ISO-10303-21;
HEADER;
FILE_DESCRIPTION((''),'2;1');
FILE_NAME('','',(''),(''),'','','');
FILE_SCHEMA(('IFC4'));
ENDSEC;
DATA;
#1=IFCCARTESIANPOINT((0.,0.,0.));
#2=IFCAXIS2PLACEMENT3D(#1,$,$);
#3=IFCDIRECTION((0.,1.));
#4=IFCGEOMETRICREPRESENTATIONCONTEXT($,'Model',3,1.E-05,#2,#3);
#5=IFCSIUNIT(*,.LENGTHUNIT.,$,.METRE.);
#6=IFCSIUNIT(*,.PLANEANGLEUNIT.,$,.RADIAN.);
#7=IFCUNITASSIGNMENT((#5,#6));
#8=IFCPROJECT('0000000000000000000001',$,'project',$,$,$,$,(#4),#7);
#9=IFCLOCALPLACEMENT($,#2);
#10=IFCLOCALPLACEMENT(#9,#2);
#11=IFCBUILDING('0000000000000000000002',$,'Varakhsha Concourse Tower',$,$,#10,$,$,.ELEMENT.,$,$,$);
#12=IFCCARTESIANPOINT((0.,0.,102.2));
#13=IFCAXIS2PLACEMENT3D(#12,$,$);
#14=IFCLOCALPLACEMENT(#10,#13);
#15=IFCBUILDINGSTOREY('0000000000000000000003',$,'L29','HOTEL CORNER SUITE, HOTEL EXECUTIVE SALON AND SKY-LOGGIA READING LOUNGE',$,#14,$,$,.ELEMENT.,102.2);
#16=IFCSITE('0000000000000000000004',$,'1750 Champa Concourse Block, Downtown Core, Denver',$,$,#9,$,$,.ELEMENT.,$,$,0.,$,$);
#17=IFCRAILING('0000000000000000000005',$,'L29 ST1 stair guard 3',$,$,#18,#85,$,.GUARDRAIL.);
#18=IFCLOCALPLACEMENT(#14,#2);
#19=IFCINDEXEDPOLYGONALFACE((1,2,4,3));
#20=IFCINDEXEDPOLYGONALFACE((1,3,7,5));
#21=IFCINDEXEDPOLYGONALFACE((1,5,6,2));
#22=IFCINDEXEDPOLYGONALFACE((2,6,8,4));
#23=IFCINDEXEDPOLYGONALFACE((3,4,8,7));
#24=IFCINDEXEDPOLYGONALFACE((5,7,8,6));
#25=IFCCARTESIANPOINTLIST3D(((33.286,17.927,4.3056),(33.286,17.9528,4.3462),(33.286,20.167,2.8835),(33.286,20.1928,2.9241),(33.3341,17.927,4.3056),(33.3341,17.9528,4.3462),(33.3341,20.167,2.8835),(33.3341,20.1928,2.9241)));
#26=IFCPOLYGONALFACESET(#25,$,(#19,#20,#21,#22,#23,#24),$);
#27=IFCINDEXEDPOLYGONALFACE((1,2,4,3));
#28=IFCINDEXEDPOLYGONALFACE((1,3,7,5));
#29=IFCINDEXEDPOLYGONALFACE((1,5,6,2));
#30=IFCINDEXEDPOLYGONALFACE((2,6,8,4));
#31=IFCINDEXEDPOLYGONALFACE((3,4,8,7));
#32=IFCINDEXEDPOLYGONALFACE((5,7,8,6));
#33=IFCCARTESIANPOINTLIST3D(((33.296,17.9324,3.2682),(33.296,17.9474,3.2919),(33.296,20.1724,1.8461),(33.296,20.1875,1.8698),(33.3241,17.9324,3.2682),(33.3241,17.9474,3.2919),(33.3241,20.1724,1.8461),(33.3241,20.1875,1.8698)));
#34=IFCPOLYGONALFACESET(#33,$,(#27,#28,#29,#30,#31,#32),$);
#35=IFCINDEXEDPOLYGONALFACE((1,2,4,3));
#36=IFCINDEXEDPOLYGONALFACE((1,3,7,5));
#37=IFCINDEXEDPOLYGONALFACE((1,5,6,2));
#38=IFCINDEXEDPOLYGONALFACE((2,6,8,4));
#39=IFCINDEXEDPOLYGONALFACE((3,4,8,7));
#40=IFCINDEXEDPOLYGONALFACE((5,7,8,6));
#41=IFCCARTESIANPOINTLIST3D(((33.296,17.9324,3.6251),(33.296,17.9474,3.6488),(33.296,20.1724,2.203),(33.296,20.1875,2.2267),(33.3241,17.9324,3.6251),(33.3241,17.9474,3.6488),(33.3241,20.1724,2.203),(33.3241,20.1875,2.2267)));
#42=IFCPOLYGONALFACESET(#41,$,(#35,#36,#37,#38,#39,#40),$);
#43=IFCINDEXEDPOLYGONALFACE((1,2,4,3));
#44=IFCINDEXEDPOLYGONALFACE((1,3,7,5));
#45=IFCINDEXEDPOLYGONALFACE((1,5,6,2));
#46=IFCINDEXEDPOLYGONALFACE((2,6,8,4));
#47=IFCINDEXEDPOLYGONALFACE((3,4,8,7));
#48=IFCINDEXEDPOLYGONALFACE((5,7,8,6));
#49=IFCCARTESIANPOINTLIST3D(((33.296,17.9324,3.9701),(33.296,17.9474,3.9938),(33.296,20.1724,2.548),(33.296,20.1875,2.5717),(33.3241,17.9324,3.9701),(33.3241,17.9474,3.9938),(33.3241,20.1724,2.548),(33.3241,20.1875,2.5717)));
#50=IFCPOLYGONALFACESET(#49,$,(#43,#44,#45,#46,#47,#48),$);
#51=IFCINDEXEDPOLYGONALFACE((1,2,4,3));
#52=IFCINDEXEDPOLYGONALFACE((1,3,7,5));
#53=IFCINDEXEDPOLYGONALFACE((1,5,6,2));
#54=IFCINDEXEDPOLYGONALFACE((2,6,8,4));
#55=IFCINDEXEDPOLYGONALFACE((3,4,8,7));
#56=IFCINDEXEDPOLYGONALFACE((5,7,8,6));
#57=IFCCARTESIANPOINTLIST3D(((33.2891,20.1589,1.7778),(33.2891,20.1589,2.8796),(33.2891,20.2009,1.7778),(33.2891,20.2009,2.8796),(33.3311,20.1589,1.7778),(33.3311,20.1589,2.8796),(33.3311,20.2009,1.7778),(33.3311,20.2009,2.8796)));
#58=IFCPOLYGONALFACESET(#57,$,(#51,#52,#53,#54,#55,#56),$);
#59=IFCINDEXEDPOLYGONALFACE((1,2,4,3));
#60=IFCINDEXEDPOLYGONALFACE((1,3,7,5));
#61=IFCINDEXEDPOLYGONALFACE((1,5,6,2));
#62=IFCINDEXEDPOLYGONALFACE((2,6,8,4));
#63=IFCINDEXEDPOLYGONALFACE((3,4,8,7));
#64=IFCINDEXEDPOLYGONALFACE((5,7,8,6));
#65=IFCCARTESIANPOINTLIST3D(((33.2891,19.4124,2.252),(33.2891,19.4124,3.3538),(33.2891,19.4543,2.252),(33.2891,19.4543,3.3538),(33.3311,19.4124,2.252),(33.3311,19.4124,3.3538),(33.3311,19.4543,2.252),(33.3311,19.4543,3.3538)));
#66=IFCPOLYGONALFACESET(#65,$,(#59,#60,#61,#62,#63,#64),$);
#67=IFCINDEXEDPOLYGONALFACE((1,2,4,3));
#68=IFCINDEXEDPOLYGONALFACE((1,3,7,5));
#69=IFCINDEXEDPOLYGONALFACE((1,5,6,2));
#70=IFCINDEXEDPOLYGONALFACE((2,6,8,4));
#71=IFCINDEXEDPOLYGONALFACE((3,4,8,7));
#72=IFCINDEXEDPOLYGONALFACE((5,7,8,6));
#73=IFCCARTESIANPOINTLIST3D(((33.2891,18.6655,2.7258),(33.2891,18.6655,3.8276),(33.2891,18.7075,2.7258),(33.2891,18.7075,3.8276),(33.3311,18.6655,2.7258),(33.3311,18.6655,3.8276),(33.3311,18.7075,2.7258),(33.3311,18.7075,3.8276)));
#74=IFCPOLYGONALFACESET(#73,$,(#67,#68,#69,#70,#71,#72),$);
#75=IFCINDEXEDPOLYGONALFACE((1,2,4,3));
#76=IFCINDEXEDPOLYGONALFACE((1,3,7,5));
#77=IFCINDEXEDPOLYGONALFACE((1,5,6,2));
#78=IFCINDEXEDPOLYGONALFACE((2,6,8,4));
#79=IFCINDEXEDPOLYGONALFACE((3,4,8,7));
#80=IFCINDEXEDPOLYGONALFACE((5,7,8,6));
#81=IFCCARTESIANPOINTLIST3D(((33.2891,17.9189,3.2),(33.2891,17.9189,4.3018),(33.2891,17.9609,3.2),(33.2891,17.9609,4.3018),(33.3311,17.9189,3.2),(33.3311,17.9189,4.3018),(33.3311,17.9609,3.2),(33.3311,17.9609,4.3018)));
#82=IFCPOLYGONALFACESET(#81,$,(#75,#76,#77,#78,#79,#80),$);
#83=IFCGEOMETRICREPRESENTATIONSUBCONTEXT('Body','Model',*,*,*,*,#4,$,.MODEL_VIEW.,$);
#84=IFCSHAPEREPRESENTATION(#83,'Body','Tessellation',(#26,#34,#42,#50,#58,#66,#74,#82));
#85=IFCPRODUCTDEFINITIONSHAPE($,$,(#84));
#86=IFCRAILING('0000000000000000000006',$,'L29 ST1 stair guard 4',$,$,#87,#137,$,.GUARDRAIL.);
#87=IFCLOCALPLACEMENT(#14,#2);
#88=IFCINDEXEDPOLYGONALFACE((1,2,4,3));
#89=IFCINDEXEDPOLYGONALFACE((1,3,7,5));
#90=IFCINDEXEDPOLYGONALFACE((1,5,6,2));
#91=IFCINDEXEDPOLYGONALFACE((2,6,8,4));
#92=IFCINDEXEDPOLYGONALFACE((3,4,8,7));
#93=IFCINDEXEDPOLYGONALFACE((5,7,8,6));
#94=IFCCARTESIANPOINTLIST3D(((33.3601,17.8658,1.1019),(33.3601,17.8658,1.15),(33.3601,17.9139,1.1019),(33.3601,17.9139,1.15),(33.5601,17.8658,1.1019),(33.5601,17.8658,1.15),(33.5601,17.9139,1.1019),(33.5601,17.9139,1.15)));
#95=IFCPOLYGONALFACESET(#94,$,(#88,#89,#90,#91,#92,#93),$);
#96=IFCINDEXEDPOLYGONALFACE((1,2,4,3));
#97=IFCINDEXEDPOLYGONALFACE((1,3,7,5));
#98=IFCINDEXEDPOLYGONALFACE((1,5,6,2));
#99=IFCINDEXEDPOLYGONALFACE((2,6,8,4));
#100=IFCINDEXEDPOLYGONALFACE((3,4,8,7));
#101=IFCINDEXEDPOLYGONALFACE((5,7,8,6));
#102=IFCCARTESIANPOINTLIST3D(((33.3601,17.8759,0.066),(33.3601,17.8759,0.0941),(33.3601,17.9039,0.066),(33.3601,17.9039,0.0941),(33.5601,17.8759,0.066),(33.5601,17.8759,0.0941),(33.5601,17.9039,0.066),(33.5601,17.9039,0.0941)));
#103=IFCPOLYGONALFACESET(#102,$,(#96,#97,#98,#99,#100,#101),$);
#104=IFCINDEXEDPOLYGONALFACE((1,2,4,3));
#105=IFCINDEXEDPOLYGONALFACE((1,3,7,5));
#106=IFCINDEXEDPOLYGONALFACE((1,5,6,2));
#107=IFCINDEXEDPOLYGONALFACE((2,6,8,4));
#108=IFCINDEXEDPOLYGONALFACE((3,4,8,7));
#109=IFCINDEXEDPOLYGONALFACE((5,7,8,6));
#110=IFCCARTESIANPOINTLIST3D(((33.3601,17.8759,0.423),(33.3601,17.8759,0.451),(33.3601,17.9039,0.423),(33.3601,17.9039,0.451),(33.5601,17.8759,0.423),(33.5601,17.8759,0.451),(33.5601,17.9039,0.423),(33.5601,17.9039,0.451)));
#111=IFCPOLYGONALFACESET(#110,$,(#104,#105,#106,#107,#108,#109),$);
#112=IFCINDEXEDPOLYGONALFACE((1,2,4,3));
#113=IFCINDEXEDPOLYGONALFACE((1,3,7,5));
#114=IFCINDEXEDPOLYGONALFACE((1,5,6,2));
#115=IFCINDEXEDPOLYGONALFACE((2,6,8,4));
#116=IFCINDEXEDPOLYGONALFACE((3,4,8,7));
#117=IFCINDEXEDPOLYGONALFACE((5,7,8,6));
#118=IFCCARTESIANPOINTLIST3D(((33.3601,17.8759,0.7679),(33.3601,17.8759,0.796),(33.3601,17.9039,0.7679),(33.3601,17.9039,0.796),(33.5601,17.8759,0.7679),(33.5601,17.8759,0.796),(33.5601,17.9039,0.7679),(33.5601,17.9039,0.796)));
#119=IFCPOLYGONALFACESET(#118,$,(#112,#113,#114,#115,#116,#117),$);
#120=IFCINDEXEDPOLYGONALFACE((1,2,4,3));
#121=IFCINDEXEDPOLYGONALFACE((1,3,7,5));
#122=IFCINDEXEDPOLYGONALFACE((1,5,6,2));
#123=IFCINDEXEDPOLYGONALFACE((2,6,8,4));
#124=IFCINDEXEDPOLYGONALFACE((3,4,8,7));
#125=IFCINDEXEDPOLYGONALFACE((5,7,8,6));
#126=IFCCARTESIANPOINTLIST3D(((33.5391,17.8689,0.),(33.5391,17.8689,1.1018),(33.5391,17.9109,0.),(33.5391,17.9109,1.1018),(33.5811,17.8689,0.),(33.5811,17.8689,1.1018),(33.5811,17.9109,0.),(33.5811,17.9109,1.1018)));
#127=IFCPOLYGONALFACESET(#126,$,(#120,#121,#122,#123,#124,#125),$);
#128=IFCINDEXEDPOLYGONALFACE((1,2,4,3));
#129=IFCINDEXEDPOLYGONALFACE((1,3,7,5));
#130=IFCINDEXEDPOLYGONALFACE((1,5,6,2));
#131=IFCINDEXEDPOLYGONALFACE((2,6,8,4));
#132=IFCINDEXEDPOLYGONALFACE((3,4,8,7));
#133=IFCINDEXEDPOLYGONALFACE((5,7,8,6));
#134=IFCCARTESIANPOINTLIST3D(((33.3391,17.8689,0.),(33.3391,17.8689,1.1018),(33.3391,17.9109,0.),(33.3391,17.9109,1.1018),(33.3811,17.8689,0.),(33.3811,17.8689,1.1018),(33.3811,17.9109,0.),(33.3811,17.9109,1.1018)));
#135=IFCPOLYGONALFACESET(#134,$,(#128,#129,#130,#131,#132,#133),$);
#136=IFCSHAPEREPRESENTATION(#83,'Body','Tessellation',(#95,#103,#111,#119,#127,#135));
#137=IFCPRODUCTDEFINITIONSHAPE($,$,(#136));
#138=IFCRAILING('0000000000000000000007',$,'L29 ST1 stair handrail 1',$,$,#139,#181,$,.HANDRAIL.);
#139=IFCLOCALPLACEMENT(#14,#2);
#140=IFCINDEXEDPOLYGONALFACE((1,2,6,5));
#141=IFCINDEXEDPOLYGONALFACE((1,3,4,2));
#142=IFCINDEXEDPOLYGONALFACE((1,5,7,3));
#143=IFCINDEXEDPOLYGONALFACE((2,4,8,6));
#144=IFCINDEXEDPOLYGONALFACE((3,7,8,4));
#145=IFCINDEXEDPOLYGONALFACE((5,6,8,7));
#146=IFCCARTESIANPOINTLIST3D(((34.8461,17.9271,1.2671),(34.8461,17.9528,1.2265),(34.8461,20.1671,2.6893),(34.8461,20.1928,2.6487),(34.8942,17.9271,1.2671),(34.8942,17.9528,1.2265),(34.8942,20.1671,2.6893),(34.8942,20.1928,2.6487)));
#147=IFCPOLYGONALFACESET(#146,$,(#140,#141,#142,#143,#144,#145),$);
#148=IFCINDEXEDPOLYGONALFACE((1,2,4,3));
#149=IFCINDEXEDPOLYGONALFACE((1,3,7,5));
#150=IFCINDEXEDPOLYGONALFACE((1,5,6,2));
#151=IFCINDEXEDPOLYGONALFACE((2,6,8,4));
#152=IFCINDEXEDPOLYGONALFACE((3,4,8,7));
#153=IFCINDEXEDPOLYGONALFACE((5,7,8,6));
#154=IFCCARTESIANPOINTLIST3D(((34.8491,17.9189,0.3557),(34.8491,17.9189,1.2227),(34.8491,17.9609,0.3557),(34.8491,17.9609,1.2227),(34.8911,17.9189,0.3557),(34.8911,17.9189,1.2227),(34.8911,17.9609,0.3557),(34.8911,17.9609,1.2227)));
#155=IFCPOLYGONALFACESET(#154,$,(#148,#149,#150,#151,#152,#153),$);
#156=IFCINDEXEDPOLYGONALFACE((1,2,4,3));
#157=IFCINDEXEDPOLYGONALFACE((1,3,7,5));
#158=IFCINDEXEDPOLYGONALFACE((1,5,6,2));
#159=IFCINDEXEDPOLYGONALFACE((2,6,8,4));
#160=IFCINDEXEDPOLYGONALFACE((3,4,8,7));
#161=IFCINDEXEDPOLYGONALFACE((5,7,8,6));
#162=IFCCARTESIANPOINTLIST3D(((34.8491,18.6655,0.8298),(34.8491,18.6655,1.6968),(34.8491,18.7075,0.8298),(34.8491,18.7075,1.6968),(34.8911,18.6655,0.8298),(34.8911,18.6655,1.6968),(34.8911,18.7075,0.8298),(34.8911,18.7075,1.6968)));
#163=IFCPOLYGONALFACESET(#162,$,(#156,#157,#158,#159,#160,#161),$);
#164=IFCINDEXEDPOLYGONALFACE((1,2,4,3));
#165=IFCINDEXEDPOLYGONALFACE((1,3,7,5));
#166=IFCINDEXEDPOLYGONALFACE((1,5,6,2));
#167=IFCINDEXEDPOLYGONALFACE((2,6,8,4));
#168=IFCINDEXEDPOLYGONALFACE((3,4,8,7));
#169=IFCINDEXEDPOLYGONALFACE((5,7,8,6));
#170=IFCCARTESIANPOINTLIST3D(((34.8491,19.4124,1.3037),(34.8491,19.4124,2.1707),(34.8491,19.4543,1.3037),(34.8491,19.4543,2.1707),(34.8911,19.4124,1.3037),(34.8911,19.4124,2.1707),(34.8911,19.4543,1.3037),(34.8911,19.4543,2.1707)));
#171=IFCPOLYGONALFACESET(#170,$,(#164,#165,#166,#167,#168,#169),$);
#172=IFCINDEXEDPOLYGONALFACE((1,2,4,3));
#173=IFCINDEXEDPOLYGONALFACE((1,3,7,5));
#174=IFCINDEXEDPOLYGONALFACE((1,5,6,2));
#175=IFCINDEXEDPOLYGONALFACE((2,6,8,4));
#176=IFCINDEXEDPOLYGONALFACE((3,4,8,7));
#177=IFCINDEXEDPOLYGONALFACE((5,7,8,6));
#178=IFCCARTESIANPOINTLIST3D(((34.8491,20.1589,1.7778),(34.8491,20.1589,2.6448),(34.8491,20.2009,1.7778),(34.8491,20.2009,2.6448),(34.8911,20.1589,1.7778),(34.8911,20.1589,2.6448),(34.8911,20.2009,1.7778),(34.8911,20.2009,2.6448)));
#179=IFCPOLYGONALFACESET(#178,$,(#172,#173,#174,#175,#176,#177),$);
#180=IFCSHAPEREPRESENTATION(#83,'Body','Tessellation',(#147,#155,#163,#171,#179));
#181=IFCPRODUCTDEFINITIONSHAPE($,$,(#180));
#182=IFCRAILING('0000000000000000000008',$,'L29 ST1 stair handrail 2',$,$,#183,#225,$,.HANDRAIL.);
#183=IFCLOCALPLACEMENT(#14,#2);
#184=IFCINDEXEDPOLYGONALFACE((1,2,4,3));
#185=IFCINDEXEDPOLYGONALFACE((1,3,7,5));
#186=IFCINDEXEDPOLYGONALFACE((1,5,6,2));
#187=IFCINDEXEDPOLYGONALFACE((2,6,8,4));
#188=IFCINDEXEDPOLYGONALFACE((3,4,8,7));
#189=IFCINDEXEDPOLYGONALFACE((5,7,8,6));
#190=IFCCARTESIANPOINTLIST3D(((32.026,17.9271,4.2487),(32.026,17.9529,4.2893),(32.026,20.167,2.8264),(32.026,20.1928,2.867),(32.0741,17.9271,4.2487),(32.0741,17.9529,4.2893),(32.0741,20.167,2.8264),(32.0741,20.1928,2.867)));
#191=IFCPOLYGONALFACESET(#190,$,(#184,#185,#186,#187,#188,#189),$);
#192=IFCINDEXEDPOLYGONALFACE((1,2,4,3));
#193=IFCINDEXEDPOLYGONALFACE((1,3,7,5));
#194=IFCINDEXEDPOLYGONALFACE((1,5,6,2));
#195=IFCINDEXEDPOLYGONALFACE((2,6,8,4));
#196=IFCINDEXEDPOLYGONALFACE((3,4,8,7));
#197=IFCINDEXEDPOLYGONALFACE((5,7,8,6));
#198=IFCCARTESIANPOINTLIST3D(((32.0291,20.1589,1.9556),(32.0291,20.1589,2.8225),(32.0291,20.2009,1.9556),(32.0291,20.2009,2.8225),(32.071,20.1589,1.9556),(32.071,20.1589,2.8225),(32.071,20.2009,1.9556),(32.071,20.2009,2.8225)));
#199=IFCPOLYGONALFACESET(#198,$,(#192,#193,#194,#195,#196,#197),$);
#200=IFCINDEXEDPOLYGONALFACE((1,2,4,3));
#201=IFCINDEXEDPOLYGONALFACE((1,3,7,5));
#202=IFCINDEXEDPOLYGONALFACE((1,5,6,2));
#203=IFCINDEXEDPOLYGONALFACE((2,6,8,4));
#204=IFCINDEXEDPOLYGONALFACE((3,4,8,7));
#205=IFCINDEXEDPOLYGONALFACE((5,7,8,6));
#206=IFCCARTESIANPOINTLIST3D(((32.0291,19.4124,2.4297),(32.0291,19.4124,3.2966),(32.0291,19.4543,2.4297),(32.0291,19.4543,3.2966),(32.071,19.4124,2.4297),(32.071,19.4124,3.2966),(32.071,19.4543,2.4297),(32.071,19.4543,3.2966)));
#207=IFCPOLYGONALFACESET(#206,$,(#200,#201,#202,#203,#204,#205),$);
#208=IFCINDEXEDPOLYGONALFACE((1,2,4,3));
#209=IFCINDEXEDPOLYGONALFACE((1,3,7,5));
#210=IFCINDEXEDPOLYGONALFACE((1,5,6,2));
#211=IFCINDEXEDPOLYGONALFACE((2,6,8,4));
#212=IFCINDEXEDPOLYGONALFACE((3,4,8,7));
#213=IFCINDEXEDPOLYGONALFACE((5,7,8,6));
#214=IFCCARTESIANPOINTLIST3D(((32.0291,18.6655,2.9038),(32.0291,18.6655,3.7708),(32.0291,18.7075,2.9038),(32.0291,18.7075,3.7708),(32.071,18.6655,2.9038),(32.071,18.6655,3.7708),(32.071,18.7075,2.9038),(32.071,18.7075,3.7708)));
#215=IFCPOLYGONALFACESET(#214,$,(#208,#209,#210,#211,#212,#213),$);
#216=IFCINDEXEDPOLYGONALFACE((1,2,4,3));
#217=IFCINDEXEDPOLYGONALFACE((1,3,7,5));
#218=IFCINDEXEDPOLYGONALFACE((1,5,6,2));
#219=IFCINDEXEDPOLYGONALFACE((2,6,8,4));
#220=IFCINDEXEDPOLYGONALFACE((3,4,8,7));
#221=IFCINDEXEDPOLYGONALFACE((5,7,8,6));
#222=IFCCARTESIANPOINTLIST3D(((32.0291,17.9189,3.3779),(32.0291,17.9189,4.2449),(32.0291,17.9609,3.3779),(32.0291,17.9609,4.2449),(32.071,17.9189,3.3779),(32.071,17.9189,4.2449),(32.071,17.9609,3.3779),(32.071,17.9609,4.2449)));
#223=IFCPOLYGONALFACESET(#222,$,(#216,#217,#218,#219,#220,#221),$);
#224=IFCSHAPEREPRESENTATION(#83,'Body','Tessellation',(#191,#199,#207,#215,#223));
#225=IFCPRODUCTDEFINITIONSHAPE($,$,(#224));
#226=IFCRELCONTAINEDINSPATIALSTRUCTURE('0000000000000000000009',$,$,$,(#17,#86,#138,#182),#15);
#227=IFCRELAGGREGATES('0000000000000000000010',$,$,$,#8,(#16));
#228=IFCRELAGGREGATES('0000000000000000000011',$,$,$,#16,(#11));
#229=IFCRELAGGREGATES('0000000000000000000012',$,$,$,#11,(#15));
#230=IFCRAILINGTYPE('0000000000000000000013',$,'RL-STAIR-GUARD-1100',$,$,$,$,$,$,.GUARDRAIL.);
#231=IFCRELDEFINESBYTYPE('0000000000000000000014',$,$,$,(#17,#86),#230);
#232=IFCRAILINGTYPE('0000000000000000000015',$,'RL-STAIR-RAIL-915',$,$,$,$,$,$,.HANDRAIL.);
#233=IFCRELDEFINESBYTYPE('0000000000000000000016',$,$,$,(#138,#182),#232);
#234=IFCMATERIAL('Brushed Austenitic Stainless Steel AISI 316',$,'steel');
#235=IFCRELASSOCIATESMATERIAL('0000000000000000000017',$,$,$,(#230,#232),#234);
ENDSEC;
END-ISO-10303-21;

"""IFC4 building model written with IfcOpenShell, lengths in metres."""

from ifc_helpers import new_model, si_unit, direction, frame, origin, origin_2d, place, context, subcontext, project, spatial, rectangle, extrude, material, type_object, element, save


model = new_model("IFC4")

# Units and contexts
model_context = context("Model", 3, precision=1e-05, world=origin(), true_north=direction((0.0, 1.0)))
body_context = subcontext(model_context, "Body", "Model", "MODEL_VIEW")
ifc_project = project(units=[si_unit("LENGTHUNIT", "METRE"), si_unit("PLANEANGLEUNIT", "RADIAN")], contexts=[model_context])

# Site, building, storey
site_placement = place(None, origin())
site = spatial("IfcSite", under=ifc_project, at=site_placement, Name="1750 Champa Concourse Block, Downtown Core, Denver", CompositionType="ELEMENT", RefElevation=0.0)
building_placement = place(site_placement, origin())
building = spatial("IfcBuilding", under=site, at=building_placement, Name="Varakhsha Concourse Tower", CompositionType="ELEMENT")
storey_placement = place(building_placement, frame((0.0, 0.0, 102.2)))
storey = spatial("IfcBuildingStorey", under=building, at=storey_placement, Name="L29", Description="HOTEL CORNER SUITE, HOTEL EXECUTIVE SALON AND SKY-LOGGIA READING LOUNGE", CompositionType="ELEMENT", Elevation=102.2)

# Railings
ifc_material_1 = material(Name="Brushed Austenitic Stainless Steel AISI 316", Category="steel")
railing_type_1 = type_object("IfcRailingType", Name="RL-STAIR-GUARD-1100", PredefinedType="GUARDRAIL", material=ifc_material_1)
railing_1_placement = place(storey_placement, frame((33.3101, 20.1799, 1.7778)))
element("IfcRailing", 1, at=railing_1_placement, inside=storey, type_object=railing_type_1, Name="L29 ST1 stair guard 3", PredefinedType="GUARDRAIL", context=body_context, shape_type="SweptSolid", body=[
    extrude(rectangle(XDim=0.0481, YDim=0.0481, at=origin_2d()), frame((0.0, 0.0, 1.126), z_axis=(0.0, -0.844229, 0.535982), x_axis=(1.0, 0.0, 0.0)), (0.0, 0.0, 1.0), 2.6533),
    extrude(rectangle(XDim=0.0281, YDim=0.0281, at=origin_2d()), frame((0.0, 0.0, 0.0801), z_axis=(0.0, -0.844229, 0.535982), x_axis=(1.0, 0.0, 0.0)), (0.0, 0.0, 1.0), 2.6533),
    extrude(rectangle(XDim=0.0281, YDim=0.0281, at=origin_2d()), frame((0.0, 0.0, 0.437), z_axis=(0.0, -0.844229, 0.535982), x_axis=(1.0, 0.0, 0.0)), (0.0, 0.0, 1.0), 2.6533),
    extrude(rectangle(XDim=0.0281, YDim=0.0281, at=origin_2d()), frame((0.0, 0.0, 0.782), z_axis=(0.0, -0.844229, 0.535982), x_axis=(1.0, 0.0, 0.0)), (0.0, 0.0, 1.0), 2.6533),
    extrude(rectangle(XDim=0.042, YDim=0.042, at=origin_2d()), origin(), (0.0, 0.0, 1.0), 1.1018),
    extrude(rectangle(XDim=0.042, YDim=0.042, at=origin_2d()), frame((0.0, -0.7466, 0.4741)), (0.0, 0.0, 1.0), 1.1018),
    extrude(rectangle(XDim=0.042, YDim=0.042, at=origin_2d()), frame((0.0, -1.4934, 0.948)), (0.0, 0.0, 1.0), 1.1018),
    extrude(rectangle(XDim=0.042, YDim=0.042, at=origin_2d()), frame((0.0, -2.24, 1.4221)), (0.0, 0.0, 1.0), 1.1018),
])
railing_2_placement = place(storey_placement, frame((33.5601, 17.8899, 0.0)))
element("IfcRailing", 2, at=railing_2_placement, inside=storey, type_object=railing_type_1, Name="L29 ST1 stair guard 4", PredefinedType="GUARDRAIL", context=body_context, shape_type="SweptSolid", body=[
    extrude(rectangle(XDim=0.0481, YDim=0.0481, at=origin_2d()), frame((0.0, 0.0, 1.126), z_axis=(-1.0, 0.0, 0.0), x_axis=(0.0, -1.0, 0.0)), (0.0, 0.0, 1.0), 0.2),
    extrude(rectangle(XDim=0.0281, YDim=0.0281, at=origin_2d()), frame((0.0, 0.0, 0.0801), z_axis=(-1.0, 0.0, 0.0), x_axis=(0.0, -1.0, 0.0)), (0.0, 0.0, 1.0), 0.2),
    extrude(rectangle(XDim=0.0281, YDim=0.0281, at=origin_2d()), frame((0.0, 0.0, 0.437), z_axis=(-1.0, 0.0, 0.0), x_axis=(0.0, -1.0, 0.0)), (0.0, 0.0, 1.0), 0.2),
    extrude(rectangle(XDim=0.0281, YDim=0.0281, at=origin_2d()), frame((0.0, 0.0, 0.782), z_axis=(-1.0, 0.0, 0.0), x_axis=(0.0, -1.0, 0.0)), (0.0, 0.0, 1.0), 0.2),
    extrude(rectangle(XDim=0.042, YDim=0.042, at=origin_2d()), origin(), (0.0, 0.0, 1.0), 1.1018),
    extrude(rectangle(XDim=0.042, YDim=0.042, at=origin_2d()), frame((-0.2, 0.0, 0.0)), (0.0, 0.0, 1.0), 1.1018),
])
railing_type_2 = type_object("IfcRailingType", Name="RL-STAIR-RAIL-915", PredefinedType="HANDRAIL", material=ifc_material_1)
railing_3_placement = place(storey_placement, frame((34.8701, 17.9399, 0.3557)))
element("IfcRailing", 3, at=railing_3_placement, inside=storey, type_object=railing_type_2, Name="L29 ST1 stair handrail 1", PredefinedType="HANDRAIL", context=body_context, shape_type="SweptSolid", body=[
    extrude(rectangle(XDim=0.0481, YDim=0.0481, at=origin_2d()), frame((0.0, 0.0, 0.8911), z_axis=(0.0, 0.844229, 0.535982), x_axis=(-1.0, 0.0, 0.0)), (0.0, 0.0, 1.0), 2.6533),
    extrude(rectangle(XDim=0.042, YDim=0.042, at=origin_2d()), origin(), (0.0, 0.0, 1.0), 0.8669),
    extrude(rectangle(XDim=0.042, YDim=0.042, at=origin_2d()), frame((0.0, 0.7466, 0.4741)), (0.0, 0.0, 1.0), 0.8669),
    extrude(rectangle(XDim=0.042, YDim=0.042, at=origin_2d()), frame((0.0, 1.4934, 0.948)), (0.0, 0.0, 1.0), 0.8669),
    extrude(rectangle(XDim=0.042, YDim=0.042, at=origin_2d()), frame((0.0, 2.24, 1.4221)), (0.0, 0.0, 1.0), 0.8669),
])
railing_4_placement = place(storey_placement, frame((32.05, 20.1799, 1.9556)))
element("IfcRailing", 4, at=railing_4_placement, inside=storey, type_object=railing_type_2, Name="L29 ST1 stair handrail 2", PredefinedType="HANDRAIL", context=body_context, shape_type="SweptSolid", body=[
    extrude(rectangle(XDim=0.0481, YDim=0.0481, at=origin_2d()), frame((0.0, 0.0, 0.8911), z_axis=(0.0, -0.844188, 0.536048), x_axis=(1.0, 0.0, 0.0)), (0.0, 0.0, 1.0), 2.6533),
    extrude(rectangle(XDim=0.042, YDim=0.042, at=origin_2d()), origin(), (0.0, 0.0, 1.0), 0.8669),
    extrude(rectangle(XDim=0.042, YDim=0.042, at=origin_2d()), frame((0.0, -0.7466, 0.4741)), (0.0, 0.0, 1.0), 0.8669),
    extrude(rectangle(XDim=0.042, YDim=0.042, at=origin_2d()), frame((0.0, -1.4934, 0.9482)), (0.0, 0.0, 1.0), 0.8669),
    extrude(rectangle(XDim=0.042, YDim=0.042, at=origin_2d()), frame((0.0, -2.24, 1.4224)), (0.0, 0.0, 1.0), 0.8669),
])

save(model, "model.ifc")
